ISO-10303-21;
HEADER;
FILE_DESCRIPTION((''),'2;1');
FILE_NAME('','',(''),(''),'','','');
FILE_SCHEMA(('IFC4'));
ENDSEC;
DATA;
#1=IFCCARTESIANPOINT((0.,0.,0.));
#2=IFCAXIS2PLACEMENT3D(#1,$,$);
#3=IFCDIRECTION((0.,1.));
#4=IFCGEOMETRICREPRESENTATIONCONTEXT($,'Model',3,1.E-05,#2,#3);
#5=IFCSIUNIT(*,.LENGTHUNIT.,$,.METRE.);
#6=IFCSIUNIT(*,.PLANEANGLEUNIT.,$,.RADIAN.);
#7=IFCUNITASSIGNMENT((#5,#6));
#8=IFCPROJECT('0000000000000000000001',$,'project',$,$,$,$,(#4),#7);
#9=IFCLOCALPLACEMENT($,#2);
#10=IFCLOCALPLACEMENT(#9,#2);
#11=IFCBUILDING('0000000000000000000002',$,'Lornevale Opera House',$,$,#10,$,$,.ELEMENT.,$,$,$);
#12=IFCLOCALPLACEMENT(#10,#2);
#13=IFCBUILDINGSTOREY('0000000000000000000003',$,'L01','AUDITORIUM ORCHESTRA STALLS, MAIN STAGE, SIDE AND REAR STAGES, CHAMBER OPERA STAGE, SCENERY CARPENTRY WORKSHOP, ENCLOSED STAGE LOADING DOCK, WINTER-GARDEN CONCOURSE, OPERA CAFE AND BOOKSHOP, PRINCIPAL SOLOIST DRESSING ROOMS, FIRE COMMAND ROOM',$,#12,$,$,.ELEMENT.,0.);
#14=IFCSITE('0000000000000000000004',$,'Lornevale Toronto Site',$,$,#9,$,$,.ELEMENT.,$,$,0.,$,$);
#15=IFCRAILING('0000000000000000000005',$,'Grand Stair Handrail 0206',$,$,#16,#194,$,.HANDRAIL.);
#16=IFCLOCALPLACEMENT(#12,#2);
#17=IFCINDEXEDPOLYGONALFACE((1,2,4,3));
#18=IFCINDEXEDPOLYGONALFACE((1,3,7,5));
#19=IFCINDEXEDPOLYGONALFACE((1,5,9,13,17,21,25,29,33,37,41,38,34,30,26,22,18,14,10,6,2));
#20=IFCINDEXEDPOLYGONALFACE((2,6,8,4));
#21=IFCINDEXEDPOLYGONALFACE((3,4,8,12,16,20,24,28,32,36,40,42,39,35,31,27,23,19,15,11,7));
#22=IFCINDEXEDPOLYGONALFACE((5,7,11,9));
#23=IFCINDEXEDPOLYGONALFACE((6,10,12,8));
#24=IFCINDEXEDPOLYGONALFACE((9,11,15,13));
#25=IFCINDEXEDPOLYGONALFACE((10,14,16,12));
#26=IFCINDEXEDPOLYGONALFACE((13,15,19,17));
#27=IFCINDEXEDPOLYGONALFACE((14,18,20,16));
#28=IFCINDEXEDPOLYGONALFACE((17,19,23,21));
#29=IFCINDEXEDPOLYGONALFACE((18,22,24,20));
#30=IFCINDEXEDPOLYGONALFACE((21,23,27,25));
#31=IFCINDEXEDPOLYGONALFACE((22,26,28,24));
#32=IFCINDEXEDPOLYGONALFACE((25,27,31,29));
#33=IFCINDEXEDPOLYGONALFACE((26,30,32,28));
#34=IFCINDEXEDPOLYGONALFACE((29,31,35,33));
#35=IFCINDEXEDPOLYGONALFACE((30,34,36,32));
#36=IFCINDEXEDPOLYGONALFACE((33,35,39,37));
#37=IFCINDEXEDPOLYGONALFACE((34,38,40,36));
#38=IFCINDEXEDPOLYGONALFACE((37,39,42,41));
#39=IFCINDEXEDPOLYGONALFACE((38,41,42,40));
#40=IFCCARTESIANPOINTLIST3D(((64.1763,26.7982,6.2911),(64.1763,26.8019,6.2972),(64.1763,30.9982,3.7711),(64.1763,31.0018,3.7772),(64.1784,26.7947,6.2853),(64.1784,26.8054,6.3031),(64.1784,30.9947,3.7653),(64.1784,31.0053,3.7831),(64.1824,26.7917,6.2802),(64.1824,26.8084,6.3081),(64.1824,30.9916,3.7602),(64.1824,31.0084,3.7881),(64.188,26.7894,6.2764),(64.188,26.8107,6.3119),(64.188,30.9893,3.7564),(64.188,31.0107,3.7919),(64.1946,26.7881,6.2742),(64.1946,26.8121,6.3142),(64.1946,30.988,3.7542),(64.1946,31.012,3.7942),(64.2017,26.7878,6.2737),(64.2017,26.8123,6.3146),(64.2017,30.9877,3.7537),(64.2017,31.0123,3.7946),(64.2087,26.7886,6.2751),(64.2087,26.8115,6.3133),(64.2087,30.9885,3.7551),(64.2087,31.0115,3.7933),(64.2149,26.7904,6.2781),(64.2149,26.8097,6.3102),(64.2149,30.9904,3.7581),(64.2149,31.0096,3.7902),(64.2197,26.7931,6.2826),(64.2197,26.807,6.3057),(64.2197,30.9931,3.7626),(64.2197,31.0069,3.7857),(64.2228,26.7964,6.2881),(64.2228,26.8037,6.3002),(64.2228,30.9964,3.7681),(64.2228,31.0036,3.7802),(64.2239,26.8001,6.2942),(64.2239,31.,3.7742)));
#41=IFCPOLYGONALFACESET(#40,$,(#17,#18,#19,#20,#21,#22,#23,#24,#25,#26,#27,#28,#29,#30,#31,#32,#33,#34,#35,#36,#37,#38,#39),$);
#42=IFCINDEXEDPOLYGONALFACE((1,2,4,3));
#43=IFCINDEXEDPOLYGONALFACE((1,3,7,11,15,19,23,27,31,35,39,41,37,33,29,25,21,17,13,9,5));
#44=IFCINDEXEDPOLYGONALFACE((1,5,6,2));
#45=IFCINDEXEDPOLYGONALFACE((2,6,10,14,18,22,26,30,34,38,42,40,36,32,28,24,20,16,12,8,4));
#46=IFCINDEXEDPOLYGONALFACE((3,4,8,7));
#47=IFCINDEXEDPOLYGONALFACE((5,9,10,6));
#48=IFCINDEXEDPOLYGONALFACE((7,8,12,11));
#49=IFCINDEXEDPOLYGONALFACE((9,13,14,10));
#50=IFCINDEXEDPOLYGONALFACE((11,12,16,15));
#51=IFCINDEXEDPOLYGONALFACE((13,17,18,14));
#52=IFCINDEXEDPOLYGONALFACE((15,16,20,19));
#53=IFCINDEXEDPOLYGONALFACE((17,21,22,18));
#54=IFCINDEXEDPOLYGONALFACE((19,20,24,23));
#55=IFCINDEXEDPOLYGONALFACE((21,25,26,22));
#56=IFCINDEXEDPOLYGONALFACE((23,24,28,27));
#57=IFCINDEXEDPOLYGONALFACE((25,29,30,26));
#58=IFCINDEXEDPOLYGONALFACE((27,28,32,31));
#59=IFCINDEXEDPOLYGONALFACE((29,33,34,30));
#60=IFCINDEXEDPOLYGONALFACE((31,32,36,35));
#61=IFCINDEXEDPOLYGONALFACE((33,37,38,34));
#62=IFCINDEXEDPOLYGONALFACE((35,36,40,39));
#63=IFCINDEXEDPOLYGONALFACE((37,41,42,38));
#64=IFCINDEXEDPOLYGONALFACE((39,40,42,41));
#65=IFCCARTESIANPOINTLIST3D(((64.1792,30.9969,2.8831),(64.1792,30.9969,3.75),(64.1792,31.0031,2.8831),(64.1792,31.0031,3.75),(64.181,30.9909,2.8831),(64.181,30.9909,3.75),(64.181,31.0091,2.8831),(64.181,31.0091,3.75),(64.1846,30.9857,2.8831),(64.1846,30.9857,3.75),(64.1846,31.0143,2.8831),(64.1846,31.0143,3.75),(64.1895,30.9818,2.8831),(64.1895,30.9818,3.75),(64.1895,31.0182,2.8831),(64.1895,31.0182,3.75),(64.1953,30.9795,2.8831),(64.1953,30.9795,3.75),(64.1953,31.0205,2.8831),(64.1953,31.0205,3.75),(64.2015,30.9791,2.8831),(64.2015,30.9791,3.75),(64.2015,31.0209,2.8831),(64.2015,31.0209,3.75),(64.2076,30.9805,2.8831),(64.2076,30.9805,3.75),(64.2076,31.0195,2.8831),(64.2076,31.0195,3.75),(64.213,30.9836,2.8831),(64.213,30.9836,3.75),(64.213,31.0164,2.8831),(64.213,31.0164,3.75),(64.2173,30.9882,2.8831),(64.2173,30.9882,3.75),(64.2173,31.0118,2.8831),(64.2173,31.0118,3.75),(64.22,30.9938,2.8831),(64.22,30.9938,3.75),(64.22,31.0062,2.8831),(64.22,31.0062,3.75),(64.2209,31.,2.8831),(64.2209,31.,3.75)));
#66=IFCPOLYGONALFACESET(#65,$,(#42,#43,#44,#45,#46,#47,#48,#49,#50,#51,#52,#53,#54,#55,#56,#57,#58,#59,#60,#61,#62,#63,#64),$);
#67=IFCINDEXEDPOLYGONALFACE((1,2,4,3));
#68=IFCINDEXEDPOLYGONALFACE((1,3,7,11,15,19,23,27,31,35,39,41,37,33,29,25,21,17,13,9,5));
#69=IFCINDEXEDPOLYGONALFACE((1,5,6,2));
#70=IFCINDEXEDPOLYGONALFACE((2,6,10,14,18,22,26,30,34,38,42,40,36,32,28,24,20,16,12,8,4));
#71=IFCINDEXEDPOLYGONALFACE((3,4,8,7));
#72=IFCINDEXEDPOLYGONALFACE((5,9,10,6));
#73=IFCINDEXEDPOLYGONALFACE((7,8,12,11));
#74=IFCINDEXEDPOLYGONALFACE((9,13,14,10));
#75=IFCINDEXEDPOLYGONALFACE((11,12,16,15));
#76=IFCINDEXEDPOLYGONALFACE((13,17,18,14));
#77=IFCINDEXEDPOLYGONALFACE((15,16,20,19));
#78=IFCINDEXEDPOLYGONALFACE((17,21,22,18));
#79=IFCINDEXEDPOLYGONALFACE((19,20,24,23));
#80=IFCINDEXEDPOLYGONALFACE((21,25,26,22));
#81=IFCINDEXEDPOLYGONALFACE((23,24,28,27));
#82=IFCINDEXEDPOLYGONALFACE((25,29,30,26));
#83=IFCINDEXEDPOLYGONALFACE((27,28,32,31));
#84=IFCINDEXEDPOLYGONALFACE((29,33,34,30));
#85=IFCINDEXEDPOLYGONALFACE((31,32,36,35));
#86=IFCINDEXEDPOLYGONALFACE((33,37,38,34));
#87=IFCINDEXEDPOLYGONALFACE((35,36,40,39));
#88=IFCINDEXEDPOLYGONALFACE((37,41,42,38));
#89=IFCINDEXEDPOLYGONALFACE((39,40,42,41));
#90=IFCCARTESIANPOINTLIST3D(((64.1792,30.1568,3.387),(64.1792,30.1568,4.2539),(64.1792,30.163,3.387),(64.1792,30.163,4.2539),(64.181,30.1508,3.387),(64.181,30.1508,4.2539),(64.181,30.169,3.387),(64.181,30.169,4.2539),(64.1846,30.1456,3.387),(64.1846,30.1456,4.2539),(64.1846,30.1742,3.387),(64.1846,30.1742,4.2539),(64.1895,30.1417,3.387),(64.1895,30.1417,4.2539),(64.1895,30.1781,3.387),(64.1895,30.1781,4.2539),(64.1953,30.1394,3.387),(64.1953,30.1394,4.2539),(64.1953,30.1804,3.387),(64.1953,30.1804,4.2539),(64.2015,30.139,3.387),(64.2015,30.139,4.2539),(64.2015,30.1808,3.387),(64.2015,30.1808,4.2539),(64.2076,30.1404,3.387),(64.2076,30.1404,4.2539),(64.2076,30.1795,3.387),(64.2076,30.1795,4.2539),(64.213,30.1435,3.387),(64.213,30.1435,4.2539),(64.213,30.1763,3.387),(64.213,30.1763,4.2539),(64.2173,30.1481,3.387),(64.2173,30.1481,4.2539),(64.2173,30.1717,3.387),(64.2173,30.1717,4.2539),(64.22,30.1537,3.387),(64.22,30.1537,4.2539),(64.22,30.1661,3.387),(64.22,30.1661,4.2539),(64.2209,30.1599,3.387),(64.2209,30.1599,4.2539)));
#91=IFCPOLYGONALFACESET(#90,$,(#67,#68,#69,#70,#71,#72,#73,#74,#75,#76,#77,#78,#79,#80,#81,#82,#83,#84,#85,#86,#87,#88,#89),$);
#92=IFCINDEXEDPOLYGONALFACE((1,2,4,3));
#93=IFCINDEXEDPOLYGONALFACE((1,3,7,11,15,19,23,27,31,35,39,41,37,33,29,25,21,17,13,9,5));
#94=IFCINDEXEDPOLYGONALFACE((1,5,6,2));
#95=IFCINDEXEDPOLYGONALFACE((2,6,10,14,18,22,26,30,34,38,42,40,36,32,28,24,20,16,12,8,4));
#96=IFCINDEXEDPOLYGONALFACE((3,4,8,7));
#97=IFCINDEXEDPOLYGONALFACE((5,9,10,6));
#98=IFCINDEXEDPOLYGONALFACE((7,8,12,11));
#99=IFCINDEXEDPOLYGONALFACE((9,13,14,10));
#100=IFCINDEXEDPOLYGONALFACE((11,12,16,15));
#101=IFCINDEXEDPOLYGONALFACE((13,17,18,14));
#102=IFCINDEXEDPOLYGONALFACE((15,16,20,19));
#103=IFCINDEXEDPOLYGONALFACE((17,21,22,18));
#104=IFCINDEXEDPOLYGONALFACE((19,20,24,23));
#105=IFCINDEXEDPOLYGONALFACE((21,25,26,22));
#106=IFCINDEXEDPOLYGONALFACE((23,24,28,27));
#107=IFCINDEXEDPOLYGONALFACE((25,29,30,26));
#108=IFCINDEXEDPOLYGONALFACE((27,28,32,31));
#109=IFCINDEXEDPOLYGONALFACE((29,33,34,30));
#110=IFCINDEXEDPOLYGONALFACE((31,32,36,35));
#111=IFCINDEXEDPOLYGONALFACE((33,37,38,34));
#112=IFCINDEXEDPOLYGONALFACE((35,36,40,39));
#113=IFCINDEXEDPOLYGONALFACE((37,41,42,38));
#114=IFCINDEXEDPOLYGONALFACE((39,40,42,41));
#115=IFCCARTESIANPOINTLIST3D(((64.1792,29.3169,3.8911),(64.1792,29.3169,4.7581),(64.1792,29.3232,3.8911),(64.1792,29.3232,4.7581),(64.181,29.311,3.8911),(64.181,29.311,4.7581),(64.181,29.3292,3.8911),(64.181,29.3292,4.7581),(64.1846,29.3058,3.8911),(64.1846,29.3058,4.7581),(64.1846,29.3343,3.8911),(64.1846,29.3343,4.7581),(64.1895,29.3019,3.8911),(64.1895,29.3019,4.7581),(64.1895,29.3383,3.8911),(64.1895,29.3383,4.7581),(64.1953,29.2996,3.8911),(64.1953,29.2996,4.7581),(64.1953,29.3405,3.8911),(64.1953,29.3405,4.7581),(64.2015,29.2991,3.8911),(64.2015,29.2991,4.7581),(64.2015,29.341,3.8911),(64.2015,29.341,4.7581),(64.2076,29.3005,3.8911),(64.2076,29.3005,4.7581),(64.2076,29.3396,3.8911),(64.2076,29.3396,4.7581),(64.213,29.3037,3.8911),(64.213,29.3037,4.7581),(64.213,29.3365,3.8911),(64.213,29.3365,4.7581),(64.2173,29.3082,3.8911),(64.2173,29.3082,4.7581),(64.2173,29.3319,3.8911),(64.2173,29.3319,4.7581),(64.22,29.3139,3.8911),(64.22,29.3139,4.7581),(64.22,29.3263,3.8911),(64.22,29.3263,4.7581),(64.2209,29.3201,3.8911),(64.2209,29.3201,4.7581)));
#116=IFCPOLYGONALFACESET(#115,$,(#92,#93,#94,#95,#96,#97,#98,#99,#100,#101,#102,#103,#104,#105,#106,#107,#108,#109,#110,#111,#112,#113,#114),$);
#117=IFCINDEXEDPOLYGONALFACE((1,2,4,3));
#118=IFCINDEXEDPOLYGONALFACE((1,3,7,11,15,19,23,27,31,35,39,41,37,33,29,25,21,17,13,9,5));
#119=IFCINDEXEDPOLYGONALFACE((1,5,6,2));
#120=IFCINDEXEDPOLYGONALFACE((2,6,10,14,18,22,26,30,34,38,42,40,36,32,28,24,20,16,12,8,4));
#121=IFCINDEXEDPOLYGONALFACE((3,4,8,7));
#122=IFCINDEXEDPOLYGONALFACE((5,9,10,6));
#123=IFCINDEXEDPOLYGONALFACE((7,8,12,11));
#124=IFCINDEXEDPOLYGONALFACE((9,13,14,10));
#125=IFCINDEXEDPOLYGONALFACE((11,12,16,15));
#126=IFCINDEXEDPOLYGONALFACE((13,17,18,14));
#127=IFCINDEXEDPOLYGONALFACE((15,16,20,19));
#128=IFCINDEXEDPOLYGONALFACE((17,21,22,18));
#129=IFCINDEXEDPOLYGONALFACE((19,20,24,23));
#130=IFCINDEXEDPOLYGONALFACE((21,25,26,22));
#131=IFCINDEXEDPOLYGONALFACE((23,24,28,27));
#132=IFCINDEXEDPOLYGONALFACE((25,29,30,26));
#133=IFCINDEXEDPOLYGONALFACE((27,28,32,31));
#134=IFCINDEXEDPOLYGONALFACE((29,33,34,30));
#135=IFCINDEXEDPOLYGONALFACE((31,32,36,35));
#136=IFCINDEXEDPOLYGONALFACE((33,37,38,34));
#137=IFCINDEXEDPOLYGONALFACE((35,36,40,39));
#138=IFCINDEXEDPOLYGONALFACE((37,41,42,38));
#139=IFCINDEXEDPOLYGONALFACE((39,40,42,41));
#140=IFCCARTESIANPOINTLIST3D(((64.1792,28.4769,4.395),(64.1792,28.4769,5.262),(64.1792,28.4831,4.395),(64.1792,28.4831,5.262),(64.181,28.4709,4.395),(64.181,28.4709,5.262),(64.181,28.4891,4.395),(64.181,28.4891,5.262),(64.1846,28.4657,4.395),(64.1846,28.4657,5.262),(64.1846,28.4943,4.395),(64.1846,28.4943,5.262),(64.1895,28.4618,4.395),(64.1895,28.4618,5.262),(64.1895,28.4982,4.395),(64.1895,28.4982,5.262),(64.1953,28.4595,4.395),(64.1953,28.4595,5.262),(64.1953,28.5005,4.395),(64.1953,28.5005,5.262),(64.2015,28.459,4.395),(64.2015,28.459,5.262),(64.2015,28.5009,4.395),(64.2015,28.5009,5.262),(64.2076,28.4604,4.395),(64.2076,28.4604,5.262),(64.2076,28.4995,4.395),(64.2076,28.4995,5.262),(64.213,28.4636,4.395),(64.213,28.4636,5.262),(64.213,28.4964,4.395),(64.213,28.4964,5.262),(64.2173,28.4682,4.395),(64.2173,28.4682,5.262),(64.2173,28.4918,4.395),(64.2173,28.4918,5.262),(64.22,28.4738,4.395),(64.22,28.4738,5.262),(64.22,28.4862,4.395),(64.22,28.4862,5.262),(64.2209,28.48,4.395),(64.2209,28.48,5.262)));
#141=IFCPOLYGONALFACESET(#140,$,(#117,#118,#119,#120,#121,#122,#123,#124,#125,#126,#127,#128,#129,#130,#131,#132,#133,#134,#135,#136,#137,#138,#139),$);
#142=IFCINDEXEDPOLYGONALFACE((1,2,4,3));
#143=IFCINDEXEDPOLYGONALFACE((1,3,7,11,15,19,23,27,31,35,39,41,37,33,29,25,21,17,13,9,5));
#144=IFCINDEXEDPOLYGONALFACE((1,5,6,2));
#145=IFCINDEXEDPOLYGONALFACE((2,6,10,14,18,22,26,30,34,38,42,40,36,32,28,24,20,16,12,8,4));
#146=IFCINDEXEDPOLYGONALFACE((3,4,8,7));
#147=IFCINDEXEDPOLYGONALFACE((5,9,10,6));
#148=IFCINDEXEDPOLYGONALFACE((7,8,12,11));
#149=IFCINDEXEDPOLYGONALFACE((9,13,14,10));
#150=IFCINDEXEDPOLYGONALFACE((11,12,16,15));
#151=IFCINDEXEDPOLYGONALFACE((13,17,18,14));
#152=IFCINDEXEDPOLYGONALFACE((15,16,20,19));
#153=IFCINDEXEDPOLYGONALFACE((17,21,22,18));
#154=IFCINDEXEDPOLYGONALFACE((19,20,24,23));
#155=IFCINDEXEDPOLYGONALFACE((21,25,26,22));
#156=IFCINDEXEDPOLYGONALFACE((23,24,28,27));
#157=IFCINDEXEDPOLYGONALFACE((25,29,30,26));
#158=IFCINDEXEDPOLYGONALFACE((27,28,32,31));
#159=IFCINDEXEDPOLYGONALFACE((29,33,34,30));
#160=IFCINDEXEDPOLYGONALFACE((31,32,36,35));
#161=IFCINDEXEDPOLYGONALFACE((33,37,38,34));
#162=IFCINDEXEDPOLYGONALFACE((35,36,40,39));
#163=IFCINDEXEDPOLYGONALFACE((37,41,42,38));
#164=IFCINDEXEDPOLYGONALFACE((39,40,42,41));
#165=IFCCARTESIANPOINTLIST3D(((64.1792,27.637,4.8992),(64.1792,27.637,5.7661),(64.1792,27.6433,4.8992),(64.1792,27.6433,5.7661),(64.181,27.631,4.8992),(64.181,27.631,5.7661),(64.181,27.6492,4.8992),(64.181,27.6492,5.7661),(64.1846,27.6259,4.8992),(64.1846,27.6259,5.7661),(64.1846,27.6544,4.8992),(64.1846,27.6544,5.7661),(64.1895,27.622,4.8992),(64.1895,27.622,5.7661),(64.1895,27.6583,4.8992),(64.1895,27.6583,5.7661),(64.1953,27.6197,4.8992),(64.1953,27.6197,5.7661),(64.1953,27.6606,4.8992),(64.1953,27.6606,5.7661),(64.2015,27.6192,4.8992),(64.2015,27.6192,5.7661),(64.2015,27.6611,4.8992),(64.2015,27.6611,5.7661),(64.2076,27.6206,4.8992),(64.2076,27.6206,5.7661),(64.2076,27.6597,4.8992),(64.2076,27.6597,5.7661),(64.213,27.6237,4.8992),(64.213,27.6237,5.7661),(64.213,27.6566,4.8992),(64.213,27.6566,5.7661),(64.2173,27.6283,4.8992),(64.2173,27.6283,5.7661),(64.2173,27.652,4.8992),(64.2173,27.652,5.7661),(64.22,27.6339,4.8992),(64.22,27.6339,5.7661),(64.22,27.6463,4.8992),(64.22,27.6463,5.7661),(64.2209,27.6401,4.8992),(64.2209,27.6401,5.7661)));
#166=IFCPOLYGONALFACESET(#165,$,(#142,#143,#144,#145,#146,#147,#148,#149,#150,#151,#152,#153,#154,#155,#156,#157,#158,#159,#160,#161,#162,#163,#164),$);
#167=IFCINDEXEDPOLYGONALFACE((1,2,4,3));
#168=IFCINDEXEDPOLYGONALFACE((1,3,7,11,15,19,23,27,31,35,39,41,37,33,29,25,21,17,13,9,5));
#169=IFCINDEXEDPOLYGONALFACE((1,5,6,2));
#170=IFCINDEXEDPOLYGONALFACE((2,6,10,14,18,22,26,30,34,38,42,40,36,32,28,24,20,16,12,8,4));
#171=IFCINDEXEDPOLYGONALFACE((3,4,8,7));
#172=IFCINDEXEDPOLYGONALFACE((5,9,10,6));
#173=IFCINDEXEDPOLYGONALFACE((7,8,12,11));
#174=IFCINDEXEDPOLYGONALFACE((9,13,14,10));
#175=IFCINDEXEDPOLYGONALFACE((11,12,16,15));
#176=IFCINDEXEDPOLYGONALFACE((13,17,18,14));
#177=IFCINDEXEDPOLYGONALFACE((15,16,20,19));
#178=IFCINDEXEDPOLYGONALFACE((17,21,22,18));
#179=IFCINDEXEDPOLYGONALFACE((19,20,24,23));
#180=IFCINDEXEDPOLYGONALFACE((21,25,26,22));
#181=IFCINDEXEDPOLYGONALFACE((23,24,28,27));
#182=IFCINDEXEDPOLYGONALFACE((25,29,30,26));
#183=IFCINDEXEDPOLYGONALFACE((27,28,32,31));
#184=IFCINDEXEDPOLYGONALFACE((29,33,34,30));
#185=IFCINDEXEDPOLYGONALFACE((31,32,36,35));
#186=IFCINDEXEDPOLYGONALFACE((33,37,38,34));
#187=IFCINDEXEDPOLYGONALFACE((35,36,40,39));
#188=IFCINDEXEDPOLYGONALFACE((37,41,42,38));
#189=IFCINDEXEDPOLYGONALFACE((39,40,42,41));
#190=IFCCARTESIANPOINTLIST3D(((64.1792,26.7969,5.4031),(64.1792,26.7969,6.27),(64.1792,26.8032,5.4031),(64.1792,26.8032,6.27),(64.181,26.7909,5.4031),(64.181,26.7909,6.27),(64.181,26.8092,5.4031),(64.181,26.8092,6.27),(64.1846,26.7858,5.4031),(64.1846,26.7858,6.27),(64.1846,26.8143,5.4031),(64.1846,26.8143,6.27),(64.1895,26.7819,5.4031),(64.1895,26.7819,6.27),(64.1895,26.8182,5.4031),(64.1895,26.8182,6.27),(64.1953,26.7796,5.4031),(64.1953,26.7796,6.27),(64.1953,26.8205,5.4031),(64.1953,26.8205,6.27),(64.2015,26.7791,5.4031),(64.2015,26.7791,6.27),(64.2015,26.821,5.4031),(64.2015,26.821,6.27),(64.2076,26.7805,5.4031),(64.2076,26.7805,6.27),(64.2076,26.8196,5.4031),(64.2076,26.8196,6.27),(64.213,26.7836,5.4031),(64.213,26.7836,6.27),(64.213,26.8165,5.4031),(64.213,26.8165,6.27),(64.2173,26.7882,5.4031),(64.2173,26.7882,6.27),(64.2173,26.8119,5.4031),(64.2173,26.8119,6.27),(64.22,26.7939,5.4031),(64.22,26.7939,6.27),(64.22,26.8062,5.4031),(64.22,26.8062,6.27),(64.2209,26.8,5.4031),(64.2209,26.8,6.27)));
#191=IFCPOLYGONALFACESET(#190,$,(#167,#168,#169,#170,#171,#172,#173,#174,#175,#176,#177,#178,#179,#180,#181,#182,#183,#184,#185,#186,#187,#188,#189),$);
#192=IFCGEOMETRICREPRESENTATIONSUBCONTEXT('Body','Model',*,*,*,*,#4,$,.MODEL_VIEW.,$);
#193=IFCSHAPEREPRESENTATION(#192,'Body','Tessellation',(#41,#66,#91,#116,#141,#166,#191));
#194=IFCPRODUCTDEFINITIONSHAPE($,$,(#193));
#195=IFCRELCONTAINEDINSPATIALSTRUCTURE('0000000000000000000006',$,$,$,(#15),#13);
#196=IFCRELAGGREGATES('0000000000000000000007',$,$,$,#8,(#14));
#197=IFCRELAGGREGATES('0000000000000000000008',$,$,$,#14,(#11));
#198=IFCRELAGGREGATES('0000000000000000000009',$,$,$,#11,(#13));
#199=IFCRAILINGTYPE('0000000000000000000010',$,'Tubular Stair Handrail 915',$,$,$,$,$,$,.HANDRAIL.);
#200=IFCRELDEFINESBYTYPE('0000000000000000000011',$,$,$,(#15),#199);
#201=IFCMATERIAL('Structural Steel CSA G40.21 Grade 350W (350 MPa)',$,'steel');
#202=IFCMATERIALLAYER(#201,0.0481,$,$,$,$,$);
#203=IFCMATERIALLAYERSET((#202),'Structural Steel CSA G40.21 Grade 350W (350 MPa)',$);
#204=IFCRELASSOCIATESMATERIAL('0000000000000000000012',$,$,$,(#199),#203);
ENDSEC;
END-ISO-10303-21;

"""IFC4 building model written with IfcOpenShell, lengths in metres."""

from ifc_helpers import new_model, si_unit, direction, frame, origin, origin_2d, place, context, subcontext, project, spatial, circle, extrude, material, layer, layer_set, type_object, element, save


model = new_model("IFC4")

# Units and contexts
model_context = context("Model", 3, precision=1e-05, world=origin(), true_north=direction((0.0, 1.0)))
body_context = subcontext(model_context, "Body", "Model", "MODEL_VIEW")
ifc_project = project(units=[si_unit("LENGTHUNIT", "METRE"), si_unit("PLANEANGLEUNIT", "RADIAN")], contexts=[model_context])

# Site, building, storey
site_placement = place(None, origin())
site = spatial("IfcSite", under=ifc_project, at=site_placement, Name="Lornevale Toronto Site", CompositionType="ELEMENT", RefElevation=0.0)
building_placement = place(site_placement, origin())
building = spatial("IfcBuilding", under=site, at=building_placement, Name="Lornevale Opera House", CompositionType="ELEMENT")
storey_placement = place(building_placement, origin())
storey = spatial("IfcBuildingStorey", under=building, at=storey_placement, Name="L01", Description="AUDITORIUM ORCHESTRA STALLS, MAIN STAGE, SIDE AND REAR STAGES, CHAMBER OPERA STAGE, SCENERY CARPENTRY WORKSHOP, ENCLOSED STAGE LOADING DOCK, WINTER-GARDEN CONCOURSE, OPERA CAFE AND BOOKSHOP, PRINCIPAL SOLOIST DRESSING ROOMS, FIRE COMMAND ROOM", CompositionType="ELEMENT", Elevation=0.0)

# Shared definitions
ifc_material_1 = material(Name="Structural Steel CSA G40.21 Grade 350W (350 MPa)", Category="steel")

# Railing
ifc_layer_1 = layer(ifc_material_1, 0.0481)
ifc_layer_set_1 = layer_set([ifc_layer_1], Name="Structural Steel CSA G40.21 Grade 350W (350 MPa)")
railing_type_1 = type_object("IfcRailingType", Name="Tubular Stair Handrail 915", PredefinedType="HANDRAIL", material=ifc_layer_set_1)
railing_1_placement = place(storey_placement, frame((64.2, 31.0, 2.8831)))
element("IfcRailing", 1, at=railing_1_placement, inside=storey, type_object=railing_type_1, Name="Grand Stair Handrail 0206", PredefinedType="HANDRAIL", context=body_context, shape_type="SweptSolid", body=[
    extrude(circle(Radius=0.0239, at=origin_2d()), frame((0.0, 0.0, 0.8911), z_axis=(0.0, -0.857489, 0.514503), x_axis=(1.0, 0.0, 0.0)), (0.0, 0.0, 1.0), 4.8979),
    extrude(circle(Radius=0.021, at=origin_2d()), origin(), (0.0, 0.0, 1.0), 0.8669),
    extrude(circle(Radius=0.021, at=origin_2d()), frame((0.0, -0.8401, 0.5039)), (0.0, 0.0, 1.0), 0.8669),
    extrude(circle(Radius=0.021, at=origin_2d()), frame((0.0, -1.6799, 1.0081)), (0.0, 0.0, 1.0), 0.8669),
    extrude(circle(Radius=0.021, at=origin_2d()), frame((0.0, -2.52, 1.512)), (0.0, 0.0, 1.0), 0.8669),
    extrude(circle(Radius=0.021, at=origin_2d()), frame((0.0, -3.3599, 2.0161)), (0.0, 0.0, 1.0), 0.8669),
    extrude(circle(Radius=0.021, at=origin_2d()), frame((0.0, -4.2, 2.52)), (0.0, 0.0, 1.0), 0.8669),
])

save(model, "model.ifc")
